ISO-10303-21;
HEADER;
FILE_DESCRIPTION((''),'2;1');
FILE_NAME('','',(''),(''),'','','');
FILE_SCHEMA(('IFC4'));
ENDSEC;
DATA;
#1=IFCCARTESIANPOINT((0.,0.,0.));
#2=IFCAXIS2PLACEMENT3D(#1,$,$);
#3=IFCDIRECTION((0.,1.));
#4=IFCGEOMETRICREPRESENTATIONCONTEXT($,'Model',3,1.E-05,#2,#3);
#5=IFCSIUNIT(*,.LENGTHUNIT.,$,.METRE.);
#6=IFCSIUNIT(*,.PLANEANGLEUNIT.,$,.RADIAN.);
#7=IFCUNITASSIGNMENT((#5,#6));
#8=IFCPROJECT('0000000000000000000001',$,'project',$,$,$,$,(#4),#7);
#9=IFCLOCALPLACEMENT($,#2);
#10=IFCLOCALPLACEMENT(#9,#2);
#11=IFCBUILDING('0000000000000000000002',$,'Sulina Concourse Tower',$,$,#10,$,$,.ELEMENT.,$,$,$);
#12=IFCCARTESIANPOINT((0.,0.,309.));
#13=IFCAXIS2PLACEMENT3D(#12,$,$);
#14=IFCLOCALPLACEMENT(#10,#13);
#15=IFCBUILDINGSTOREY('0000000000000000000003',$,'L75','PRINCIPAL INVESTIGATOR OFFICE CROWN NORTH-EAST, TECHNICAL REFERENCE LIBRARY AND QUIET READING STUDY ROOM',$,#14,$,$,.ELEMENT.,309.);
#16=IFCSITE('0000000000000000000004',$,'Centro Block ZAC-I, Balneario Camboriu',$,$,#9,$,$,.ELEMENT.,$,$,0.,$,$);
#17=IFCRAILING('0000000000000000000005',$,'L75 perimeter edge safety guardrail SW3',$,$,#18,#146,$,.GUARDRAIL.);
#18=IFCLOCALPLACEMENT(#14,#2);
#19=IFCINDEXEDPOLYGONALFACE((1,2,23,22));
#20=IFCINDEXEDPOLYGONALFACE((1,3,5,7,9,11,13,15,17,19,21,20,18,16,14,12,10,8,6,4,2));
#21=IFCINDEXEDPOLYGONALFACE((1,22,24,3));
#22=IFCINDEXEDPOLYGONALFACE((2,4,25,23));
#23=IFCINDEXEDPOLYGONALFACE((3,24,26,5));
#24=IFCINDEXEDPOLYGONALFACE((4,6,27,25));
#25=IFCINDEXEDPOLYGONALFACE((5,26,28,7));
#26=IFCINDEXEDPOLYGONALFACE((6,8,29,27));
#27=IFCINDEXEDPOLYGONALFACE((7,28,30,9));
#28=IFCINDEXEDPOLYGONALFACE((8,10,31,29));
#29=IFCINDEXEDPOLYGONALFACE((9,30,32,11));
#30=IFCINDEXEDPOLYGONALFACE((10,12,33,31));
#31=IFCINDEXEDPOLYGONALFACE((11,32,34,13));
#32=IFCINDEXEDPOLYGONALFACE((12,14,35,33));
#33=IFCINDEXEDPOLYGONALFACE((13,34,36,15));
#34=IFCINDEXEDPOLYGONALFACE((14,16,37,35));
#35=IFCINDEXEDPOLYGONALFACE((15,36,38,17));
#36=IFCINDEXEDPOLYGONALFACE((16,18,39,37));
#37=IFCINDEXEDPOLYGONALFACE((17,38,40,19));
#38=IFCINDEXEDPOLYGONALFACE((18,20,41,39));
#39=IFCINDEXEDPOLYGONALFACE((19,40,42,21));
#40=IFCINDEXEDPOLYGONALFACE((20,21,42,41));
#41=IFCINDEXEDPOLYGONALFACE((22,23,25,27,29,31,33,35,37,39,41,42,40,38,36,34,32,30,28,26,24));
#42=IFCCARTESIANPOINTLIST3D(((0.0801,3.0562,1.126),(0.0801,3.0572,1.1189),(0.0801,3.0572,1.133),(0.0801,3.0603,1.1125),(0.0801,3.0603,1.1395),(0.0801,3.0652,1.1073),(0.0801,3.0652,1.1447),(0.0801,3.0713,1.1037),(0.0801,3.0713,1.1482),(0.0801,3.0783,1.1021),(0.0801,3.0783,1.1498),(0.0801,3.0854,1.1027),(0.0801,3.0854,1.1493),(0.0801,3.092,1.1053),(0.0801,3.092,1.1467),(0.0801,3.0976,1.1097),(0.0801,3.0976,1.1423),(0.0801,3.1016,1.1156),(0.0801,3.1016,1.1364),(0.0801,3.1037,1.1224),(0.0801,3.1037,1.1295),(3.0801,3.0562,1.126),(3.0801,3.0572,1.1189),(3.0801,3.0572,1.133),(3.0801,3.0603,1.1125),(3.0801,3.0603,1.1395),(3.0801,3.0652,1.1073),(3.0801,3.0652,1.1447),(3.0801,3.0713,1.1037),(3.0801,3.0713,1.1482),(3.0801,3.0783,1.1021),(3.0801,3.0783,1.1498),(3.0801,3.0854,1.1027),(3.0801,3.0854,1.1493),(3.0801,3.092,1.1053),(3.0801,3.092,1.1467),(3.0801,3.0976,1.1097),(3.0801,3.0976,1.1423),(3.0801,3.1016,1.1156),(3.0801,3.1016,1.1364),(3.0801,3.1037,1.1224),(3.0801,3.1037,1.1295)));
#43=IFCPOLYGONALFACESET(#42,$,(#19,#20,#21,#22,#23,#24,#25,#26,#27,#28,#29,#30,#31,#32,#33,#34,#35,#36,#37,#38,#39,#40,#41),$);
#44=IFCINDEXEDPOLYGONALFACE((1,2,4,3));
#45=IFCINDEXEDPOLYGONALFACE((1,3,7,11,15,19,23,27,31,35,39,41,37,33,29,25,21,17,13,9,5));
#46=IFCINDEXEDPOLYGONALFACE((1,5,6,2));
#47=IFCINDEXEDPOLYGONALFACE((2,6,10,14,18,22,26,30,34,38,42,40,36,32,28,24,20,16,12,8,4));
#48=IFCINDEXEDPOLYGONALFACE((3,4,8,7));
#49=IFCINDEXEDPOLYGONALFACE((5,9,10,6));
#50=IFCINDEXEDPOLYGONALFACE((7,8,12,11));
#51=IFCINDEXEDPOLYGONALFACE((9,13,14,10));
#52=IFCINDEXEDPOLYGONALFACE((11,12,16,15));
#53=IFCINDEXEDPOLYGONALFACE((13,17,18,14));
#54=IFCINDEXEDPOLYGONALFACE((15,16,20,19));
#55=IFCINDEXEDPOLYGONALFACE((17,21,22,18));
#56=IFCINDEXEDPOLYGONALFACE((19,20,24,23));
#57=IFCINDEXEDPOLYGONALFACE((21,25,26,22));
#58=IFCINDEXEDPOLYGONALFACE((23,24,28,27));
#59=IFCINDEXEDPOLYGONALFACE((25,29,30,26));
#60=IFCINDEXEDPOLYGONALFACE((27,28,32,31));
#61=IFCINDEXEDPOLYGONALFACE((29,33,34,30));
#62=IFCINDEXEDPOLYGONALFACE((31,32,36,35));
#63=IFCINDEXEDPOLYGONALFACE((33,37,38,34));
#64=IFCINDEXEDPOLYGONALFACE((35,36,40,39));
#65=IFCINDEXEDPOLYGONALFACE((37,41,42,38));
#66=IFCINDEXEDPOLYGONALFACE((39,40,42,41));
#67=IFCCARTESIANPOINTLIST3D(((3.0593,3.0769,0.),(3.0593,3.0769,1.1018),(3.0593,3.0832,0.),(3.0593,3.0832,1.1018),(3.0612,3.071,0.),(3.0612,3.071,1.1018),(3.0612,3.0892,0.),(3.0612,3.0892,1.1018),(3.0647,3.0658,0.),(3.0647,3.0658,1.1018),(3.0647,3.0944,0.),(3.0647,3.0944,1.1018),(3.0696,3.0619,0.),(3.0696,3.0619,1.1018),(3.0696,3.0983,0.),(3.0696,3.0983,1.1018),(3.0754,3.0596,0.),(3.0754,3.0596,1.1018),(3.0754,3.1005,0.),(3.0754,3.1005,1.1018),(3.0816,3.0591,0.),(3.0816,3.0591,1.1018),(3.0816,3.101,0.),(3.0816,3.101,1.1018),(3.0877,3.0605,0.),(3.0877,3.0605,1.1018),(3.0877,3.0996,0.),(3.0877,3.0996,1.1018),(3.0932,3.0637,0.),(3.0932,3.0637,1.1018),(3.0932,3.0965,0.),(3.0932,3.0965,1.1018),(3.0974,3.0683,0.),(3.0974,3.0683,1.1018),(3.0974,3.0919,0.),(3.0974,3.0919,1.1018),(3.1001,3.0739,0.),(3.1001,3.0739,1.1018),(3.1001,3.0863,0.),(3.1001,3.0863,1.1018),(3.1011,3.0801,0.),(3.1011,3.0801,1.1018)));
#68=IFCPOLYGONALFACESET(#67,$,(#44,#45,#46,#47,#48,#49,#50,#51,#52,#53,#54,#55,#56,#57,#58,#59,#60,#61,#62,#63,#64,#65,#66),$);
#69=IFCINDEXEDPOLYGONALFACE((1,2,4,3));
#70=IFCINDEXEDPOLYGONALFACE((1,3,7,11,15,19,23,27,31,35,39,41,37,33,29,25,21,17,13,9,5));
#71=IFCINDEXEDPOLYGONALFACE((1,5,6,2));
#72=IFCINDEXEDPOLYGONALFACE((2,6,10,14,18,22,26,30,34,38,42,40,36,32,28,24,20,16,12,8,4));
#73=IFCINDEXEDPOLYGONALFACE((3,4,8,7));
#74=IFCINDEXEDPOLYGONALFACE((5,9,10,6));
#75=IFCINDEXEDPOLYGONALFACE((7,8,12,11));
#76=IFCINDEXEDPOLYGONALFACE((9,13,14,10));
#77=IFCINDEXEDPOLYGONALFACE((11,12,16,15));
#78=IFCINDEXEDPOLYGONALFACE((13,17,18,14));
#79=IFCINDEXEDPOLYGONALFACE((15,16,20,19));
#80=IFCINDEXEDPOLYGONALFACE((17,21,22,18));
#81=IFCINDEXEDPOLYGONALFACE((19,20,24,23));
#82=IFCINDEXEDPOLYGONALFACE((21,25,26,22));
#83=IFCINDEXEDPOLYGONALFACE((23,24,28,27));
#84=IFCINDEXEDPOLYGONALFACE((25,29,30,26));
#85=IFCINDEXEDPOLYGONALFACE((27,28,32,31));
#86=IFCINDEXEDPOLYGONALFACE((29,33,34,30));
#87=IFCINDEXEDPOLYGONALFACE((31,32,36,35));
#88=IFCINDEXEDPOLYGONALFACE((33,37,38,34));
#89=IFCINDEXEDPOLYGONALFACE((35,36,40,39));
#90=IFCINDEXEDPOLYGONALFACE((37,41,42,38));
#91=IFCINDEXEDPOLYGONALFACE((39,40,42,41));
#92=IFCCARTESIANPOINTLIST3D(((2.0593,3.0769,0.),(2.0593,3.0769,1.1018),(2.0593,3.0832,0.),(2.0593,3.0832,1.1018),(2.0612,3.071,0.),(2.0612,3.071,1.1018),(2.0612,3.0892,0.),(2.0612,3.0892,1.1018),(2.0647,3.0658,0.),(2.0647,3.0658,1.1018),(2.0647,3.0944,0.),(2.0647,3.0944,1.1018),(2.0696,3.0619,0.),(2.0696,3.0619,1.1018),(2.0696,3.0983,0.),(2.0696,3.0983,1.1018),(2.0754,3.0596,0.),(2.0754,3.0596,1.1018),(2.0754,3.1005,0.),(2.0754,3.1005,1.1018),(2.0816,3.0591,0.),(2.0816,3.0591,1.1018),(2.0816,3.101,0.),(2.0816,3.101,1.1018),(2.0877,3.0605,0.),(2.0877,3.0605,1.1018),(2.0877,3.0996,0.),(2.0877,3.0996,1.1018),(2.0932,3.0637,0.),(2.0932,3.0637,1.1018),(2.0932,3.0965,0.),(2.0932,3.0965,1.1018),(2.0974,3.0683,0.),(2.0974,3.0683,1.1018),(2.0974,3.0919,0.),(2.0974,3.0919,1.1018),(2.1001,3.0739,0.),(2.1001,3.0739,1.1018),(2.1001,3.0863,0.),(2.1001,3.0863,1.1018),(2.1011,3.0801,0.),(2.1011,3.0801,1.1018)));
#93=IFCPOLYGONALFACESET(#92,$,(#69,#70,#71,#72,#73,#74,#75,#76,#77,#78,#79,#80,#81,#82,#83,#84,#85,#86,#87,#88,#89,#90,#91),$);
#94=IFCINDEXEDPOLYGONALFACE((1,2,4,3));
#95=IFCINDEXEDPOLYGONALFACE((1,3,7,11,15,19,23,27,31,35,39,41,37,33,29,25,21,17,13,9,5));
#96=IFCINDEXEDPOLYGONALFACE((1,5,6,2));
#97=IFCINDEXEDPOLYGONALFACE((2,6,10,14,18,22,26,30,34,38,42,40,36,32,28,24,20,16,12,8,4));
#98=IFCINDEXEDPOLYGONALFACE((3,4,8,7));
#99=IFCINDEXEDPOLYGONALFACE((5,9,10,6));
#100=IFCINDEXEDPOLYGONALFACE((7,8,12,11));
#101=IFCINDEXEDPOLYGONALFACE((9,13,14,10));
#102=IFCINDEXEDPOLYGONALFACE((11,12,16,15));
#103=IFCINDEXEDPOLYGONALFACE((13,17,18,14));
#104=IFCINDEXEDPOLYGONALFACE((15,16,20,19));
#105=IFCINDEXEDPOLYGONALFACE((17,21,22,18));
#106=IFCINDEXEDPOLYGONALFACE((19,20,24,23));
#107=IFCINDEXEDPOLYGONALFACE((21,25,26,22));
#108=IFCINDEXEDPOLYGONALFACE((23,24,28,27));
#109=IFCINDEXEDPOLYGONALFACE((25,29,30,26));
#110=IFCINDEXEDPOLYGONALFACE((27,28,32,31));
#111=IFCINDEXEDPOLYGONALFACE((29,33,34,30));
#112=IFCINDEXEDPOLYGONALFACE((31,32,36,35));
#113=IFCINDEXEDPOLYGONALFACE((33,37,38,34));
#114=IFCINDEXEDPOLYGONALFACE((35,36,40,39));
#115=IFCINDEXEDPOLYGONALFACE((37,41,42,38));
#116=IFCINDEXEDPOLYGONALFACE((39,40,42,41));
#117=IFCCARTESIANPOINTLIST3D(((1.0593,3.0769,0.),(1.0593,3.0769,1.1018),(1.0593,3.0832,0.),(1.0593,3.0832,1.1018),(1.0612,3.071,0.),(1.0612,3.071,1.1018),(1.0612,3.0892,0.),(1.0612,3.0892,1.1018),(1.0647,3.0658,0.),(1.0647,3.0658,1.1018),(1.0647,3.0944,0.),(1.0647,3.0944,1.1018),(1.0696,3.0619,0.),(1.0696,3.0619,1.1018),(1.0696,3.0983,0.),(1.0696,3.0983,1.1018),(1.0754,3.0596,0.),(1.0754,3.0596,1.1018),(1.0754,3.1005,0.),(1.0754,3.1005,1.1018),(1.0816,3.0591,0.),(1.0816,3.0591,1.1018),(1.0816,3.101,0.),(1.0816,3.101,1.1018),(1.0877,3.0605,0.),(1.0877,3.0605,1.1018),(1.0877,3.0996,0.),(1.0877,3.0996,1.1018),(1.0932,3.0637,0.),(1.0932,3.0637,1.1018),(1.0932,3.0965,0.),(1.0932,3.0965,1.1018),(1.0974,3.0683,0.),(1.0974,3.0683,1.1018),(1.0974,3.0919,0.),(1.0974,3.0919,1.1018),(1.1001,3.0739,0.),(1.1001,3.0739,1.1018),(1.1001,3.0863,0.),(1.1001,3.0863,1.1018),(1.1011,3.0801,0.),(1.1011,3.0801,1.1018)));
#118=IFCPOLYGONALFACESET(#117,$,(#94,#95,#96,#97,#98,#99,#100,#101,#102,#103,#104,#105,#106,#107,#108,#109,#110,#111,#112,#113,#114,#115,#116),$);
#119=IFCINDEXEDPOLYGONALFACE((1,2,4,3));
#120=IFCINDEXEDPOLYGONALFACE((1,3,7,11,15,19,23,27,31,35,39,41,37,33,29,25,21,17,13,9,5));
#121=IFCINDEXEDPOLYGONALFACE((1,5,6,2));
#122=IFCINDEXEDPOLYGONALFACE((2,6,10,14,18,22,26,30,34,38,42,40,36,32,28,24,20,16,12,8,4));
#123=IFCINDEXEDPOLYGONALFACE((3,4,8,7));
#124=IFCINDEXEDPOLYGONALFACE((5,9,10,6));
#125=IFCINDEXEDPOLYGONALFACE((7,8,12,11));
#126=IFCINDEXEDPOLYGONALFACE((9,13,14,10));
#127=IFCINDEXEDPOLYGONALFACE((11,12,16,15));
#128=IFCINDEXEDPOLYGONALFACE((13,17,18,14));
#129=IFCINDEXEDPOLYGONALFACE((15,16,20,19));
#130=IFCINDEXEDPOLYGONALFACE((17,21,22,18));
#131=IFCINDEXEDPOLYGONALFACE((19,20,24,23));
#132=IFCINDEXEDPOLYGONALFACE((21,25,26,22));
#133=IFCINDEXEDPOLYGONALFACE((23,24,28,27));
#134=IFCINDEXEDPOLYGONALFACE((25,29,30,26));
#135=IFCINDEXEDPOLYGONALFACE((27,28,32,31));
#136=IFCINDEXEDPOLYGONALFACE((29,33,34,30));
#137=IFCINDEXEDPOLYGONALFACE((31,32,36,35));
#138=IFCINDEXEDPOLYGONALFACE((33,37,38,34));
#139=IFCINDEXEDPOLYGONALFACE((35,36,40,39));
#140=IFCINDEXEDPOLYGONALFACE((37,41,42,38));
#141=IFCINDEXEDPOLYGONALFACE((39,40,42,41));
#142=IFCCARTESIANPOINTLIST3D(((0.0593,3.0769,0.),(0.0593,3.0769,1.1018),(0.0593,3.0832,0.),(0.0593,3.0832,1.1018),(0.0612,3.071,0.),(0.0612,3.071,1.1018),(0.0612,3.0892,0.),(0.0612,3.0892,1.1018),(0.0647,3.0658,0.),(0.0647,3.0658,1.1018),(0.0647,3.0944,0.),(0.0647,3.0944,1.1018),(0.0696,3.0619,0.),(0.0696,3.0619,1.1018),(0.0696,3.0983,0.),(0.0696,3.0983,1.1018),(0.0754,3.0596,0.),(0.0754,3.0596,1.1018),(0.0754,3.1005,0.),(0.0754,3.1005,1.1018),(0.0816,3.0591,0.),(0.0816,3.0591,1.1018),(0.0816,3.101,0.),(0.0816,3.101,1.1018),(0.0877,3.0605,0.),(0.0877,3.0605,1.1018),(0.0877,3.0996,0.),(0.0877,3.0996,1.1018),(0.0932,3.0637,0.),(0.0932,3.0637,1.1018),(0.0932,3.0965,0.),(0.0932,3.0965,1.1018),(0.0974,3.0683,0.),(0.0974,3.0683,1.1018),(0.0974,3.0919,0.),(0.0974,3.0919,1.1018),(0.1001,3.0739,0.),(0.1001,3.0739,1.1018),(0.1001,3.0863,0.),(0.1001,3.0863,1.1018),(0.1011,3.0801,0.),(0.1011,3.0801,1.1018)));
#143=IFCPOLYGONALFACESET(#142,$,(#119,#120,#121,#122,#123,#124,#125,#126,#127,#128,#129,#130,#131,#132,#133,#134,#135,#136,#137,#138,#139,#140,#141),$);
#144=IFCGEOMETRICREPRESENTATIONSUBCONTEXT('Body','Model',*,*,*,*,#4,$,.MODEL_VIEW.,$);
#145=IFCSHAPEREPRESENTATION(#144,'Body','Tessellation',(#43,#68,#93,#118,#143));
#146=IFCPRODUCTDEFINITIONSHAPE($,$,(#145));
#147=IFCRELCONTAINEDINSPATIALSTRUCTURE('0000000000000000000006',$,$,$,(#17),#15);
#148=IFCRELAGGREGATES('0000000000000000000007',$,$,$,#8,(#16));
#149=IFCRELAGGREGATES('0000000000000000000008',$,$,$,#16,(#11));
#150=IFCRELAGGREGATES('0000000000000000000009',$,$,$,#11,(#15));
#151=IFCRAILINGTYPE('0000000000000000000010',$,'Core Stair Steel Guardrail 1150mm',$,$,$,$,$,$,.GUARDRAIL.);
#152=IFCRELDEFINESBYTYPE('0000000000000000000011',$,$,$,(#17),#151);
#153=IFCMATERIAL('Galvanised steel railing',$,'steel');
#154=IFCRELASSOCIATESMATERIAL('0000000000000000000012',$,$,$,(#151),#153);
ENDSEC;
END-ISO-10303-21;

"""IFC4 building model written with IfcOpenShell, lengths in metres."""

from ifc_helpers import new_model, si_unit, direction, frame, origin, origin_2d, place, context, subcontext, project, spatial, circle, extrude, material, type_object, element, save


model = new_model("IFC4")

# Units and contexts
model_context = context("Model", 3, precision=1e-05, world=origin(), true_north=direction((0.0, 1.0)))
body_context = subcontext(model_context, "Body", "Model", "MODEL_VIEW")
ifc_project = project(units=[si_unit("LENGTHUNIT", "METRE"), si_unit("PLANEANGLEUNIT", "RADIAN")], contexts=[model_context])

# Site, building, storey
site_placement = place(None, origin())
site = spatial("IfcSite", under=ifc_project, at=site_placement, Name="Centro Block ZAC-I, Balneario Camboriu", CompositionType="ELEMENT", RefElevation=0.0)
building_placement = place(site_placement, origin())
building = spatial("IfcBuilding", under=site, at=building_placement, Name="Sulina Concourse Tower", CompositionType="ELEMENT")
storey_placement = place(building_placement, frame((0.0, 0.0, 309.0)))
storey = spatial("IfcBuildingStorey", under=building, at=storey_placement, Name="L75", Description="PRINCIPAL INVESTIGATOR OFFICE CROWN NORTH-EAST, TECHNICAL REFERENCE LIBRARY AND QUIET READING STUDY ROOM", CompositionType="ELEMENT", Elevation=309.0)

# Railing
ifc_material_1 = material(Name="Galvanised steel railing", Category="steel")
railing_type = type_object("IfcRailingType", Name="Core Stair Steel Guardrail 1150mm", PredefinedType="GUARDRAIL", material=ifc_material_1)
railing_1_placement = place(storey_placement, frame((3.0801, 3.0801, 0.0)))
element("IfcRailing", 1, at=railing_1_placement, inside=storey, type_object=railing_type, Name="L75 perimeter edge safety guardrail SW3", PredefinedType="GUARDRAIL", context=body_context, shape_type="SweptSolid", body=[
    extrude(circle(Radius=0.0239, at=origin_2d()), frame((0.0, 0.0, 1.126), z_axis=(-1.0, 0.0, 0.0), x_axis=(0.0, -1.0, 0.0)), (0.0, 0.0, 1.0), 3.0),
    extrude(circle(Radius=0.021, at=origin_2d()), origin(), (0.0, 0.0, 1.0), 1.1018),
    extrude(circle(Radius=0.021, at=origin_2d()), frame((-1.0, 0.0, 0.0)), (0.0, 0.0, 1.0), 1.1018),
    extrude(circle(Radius=0.021, at=origin_2d()), frame((-2.0, 0.0, 0.0)), (0.0, 0.0, 1.0), 1.1018),
    extrude(circle(Radius=0.021, at=origin_2d()), frame((-3.0, 0.0, 0.0)), (0.0, 0.0, 1.0), 1.1018),
])

save(model, "model.ifc")
